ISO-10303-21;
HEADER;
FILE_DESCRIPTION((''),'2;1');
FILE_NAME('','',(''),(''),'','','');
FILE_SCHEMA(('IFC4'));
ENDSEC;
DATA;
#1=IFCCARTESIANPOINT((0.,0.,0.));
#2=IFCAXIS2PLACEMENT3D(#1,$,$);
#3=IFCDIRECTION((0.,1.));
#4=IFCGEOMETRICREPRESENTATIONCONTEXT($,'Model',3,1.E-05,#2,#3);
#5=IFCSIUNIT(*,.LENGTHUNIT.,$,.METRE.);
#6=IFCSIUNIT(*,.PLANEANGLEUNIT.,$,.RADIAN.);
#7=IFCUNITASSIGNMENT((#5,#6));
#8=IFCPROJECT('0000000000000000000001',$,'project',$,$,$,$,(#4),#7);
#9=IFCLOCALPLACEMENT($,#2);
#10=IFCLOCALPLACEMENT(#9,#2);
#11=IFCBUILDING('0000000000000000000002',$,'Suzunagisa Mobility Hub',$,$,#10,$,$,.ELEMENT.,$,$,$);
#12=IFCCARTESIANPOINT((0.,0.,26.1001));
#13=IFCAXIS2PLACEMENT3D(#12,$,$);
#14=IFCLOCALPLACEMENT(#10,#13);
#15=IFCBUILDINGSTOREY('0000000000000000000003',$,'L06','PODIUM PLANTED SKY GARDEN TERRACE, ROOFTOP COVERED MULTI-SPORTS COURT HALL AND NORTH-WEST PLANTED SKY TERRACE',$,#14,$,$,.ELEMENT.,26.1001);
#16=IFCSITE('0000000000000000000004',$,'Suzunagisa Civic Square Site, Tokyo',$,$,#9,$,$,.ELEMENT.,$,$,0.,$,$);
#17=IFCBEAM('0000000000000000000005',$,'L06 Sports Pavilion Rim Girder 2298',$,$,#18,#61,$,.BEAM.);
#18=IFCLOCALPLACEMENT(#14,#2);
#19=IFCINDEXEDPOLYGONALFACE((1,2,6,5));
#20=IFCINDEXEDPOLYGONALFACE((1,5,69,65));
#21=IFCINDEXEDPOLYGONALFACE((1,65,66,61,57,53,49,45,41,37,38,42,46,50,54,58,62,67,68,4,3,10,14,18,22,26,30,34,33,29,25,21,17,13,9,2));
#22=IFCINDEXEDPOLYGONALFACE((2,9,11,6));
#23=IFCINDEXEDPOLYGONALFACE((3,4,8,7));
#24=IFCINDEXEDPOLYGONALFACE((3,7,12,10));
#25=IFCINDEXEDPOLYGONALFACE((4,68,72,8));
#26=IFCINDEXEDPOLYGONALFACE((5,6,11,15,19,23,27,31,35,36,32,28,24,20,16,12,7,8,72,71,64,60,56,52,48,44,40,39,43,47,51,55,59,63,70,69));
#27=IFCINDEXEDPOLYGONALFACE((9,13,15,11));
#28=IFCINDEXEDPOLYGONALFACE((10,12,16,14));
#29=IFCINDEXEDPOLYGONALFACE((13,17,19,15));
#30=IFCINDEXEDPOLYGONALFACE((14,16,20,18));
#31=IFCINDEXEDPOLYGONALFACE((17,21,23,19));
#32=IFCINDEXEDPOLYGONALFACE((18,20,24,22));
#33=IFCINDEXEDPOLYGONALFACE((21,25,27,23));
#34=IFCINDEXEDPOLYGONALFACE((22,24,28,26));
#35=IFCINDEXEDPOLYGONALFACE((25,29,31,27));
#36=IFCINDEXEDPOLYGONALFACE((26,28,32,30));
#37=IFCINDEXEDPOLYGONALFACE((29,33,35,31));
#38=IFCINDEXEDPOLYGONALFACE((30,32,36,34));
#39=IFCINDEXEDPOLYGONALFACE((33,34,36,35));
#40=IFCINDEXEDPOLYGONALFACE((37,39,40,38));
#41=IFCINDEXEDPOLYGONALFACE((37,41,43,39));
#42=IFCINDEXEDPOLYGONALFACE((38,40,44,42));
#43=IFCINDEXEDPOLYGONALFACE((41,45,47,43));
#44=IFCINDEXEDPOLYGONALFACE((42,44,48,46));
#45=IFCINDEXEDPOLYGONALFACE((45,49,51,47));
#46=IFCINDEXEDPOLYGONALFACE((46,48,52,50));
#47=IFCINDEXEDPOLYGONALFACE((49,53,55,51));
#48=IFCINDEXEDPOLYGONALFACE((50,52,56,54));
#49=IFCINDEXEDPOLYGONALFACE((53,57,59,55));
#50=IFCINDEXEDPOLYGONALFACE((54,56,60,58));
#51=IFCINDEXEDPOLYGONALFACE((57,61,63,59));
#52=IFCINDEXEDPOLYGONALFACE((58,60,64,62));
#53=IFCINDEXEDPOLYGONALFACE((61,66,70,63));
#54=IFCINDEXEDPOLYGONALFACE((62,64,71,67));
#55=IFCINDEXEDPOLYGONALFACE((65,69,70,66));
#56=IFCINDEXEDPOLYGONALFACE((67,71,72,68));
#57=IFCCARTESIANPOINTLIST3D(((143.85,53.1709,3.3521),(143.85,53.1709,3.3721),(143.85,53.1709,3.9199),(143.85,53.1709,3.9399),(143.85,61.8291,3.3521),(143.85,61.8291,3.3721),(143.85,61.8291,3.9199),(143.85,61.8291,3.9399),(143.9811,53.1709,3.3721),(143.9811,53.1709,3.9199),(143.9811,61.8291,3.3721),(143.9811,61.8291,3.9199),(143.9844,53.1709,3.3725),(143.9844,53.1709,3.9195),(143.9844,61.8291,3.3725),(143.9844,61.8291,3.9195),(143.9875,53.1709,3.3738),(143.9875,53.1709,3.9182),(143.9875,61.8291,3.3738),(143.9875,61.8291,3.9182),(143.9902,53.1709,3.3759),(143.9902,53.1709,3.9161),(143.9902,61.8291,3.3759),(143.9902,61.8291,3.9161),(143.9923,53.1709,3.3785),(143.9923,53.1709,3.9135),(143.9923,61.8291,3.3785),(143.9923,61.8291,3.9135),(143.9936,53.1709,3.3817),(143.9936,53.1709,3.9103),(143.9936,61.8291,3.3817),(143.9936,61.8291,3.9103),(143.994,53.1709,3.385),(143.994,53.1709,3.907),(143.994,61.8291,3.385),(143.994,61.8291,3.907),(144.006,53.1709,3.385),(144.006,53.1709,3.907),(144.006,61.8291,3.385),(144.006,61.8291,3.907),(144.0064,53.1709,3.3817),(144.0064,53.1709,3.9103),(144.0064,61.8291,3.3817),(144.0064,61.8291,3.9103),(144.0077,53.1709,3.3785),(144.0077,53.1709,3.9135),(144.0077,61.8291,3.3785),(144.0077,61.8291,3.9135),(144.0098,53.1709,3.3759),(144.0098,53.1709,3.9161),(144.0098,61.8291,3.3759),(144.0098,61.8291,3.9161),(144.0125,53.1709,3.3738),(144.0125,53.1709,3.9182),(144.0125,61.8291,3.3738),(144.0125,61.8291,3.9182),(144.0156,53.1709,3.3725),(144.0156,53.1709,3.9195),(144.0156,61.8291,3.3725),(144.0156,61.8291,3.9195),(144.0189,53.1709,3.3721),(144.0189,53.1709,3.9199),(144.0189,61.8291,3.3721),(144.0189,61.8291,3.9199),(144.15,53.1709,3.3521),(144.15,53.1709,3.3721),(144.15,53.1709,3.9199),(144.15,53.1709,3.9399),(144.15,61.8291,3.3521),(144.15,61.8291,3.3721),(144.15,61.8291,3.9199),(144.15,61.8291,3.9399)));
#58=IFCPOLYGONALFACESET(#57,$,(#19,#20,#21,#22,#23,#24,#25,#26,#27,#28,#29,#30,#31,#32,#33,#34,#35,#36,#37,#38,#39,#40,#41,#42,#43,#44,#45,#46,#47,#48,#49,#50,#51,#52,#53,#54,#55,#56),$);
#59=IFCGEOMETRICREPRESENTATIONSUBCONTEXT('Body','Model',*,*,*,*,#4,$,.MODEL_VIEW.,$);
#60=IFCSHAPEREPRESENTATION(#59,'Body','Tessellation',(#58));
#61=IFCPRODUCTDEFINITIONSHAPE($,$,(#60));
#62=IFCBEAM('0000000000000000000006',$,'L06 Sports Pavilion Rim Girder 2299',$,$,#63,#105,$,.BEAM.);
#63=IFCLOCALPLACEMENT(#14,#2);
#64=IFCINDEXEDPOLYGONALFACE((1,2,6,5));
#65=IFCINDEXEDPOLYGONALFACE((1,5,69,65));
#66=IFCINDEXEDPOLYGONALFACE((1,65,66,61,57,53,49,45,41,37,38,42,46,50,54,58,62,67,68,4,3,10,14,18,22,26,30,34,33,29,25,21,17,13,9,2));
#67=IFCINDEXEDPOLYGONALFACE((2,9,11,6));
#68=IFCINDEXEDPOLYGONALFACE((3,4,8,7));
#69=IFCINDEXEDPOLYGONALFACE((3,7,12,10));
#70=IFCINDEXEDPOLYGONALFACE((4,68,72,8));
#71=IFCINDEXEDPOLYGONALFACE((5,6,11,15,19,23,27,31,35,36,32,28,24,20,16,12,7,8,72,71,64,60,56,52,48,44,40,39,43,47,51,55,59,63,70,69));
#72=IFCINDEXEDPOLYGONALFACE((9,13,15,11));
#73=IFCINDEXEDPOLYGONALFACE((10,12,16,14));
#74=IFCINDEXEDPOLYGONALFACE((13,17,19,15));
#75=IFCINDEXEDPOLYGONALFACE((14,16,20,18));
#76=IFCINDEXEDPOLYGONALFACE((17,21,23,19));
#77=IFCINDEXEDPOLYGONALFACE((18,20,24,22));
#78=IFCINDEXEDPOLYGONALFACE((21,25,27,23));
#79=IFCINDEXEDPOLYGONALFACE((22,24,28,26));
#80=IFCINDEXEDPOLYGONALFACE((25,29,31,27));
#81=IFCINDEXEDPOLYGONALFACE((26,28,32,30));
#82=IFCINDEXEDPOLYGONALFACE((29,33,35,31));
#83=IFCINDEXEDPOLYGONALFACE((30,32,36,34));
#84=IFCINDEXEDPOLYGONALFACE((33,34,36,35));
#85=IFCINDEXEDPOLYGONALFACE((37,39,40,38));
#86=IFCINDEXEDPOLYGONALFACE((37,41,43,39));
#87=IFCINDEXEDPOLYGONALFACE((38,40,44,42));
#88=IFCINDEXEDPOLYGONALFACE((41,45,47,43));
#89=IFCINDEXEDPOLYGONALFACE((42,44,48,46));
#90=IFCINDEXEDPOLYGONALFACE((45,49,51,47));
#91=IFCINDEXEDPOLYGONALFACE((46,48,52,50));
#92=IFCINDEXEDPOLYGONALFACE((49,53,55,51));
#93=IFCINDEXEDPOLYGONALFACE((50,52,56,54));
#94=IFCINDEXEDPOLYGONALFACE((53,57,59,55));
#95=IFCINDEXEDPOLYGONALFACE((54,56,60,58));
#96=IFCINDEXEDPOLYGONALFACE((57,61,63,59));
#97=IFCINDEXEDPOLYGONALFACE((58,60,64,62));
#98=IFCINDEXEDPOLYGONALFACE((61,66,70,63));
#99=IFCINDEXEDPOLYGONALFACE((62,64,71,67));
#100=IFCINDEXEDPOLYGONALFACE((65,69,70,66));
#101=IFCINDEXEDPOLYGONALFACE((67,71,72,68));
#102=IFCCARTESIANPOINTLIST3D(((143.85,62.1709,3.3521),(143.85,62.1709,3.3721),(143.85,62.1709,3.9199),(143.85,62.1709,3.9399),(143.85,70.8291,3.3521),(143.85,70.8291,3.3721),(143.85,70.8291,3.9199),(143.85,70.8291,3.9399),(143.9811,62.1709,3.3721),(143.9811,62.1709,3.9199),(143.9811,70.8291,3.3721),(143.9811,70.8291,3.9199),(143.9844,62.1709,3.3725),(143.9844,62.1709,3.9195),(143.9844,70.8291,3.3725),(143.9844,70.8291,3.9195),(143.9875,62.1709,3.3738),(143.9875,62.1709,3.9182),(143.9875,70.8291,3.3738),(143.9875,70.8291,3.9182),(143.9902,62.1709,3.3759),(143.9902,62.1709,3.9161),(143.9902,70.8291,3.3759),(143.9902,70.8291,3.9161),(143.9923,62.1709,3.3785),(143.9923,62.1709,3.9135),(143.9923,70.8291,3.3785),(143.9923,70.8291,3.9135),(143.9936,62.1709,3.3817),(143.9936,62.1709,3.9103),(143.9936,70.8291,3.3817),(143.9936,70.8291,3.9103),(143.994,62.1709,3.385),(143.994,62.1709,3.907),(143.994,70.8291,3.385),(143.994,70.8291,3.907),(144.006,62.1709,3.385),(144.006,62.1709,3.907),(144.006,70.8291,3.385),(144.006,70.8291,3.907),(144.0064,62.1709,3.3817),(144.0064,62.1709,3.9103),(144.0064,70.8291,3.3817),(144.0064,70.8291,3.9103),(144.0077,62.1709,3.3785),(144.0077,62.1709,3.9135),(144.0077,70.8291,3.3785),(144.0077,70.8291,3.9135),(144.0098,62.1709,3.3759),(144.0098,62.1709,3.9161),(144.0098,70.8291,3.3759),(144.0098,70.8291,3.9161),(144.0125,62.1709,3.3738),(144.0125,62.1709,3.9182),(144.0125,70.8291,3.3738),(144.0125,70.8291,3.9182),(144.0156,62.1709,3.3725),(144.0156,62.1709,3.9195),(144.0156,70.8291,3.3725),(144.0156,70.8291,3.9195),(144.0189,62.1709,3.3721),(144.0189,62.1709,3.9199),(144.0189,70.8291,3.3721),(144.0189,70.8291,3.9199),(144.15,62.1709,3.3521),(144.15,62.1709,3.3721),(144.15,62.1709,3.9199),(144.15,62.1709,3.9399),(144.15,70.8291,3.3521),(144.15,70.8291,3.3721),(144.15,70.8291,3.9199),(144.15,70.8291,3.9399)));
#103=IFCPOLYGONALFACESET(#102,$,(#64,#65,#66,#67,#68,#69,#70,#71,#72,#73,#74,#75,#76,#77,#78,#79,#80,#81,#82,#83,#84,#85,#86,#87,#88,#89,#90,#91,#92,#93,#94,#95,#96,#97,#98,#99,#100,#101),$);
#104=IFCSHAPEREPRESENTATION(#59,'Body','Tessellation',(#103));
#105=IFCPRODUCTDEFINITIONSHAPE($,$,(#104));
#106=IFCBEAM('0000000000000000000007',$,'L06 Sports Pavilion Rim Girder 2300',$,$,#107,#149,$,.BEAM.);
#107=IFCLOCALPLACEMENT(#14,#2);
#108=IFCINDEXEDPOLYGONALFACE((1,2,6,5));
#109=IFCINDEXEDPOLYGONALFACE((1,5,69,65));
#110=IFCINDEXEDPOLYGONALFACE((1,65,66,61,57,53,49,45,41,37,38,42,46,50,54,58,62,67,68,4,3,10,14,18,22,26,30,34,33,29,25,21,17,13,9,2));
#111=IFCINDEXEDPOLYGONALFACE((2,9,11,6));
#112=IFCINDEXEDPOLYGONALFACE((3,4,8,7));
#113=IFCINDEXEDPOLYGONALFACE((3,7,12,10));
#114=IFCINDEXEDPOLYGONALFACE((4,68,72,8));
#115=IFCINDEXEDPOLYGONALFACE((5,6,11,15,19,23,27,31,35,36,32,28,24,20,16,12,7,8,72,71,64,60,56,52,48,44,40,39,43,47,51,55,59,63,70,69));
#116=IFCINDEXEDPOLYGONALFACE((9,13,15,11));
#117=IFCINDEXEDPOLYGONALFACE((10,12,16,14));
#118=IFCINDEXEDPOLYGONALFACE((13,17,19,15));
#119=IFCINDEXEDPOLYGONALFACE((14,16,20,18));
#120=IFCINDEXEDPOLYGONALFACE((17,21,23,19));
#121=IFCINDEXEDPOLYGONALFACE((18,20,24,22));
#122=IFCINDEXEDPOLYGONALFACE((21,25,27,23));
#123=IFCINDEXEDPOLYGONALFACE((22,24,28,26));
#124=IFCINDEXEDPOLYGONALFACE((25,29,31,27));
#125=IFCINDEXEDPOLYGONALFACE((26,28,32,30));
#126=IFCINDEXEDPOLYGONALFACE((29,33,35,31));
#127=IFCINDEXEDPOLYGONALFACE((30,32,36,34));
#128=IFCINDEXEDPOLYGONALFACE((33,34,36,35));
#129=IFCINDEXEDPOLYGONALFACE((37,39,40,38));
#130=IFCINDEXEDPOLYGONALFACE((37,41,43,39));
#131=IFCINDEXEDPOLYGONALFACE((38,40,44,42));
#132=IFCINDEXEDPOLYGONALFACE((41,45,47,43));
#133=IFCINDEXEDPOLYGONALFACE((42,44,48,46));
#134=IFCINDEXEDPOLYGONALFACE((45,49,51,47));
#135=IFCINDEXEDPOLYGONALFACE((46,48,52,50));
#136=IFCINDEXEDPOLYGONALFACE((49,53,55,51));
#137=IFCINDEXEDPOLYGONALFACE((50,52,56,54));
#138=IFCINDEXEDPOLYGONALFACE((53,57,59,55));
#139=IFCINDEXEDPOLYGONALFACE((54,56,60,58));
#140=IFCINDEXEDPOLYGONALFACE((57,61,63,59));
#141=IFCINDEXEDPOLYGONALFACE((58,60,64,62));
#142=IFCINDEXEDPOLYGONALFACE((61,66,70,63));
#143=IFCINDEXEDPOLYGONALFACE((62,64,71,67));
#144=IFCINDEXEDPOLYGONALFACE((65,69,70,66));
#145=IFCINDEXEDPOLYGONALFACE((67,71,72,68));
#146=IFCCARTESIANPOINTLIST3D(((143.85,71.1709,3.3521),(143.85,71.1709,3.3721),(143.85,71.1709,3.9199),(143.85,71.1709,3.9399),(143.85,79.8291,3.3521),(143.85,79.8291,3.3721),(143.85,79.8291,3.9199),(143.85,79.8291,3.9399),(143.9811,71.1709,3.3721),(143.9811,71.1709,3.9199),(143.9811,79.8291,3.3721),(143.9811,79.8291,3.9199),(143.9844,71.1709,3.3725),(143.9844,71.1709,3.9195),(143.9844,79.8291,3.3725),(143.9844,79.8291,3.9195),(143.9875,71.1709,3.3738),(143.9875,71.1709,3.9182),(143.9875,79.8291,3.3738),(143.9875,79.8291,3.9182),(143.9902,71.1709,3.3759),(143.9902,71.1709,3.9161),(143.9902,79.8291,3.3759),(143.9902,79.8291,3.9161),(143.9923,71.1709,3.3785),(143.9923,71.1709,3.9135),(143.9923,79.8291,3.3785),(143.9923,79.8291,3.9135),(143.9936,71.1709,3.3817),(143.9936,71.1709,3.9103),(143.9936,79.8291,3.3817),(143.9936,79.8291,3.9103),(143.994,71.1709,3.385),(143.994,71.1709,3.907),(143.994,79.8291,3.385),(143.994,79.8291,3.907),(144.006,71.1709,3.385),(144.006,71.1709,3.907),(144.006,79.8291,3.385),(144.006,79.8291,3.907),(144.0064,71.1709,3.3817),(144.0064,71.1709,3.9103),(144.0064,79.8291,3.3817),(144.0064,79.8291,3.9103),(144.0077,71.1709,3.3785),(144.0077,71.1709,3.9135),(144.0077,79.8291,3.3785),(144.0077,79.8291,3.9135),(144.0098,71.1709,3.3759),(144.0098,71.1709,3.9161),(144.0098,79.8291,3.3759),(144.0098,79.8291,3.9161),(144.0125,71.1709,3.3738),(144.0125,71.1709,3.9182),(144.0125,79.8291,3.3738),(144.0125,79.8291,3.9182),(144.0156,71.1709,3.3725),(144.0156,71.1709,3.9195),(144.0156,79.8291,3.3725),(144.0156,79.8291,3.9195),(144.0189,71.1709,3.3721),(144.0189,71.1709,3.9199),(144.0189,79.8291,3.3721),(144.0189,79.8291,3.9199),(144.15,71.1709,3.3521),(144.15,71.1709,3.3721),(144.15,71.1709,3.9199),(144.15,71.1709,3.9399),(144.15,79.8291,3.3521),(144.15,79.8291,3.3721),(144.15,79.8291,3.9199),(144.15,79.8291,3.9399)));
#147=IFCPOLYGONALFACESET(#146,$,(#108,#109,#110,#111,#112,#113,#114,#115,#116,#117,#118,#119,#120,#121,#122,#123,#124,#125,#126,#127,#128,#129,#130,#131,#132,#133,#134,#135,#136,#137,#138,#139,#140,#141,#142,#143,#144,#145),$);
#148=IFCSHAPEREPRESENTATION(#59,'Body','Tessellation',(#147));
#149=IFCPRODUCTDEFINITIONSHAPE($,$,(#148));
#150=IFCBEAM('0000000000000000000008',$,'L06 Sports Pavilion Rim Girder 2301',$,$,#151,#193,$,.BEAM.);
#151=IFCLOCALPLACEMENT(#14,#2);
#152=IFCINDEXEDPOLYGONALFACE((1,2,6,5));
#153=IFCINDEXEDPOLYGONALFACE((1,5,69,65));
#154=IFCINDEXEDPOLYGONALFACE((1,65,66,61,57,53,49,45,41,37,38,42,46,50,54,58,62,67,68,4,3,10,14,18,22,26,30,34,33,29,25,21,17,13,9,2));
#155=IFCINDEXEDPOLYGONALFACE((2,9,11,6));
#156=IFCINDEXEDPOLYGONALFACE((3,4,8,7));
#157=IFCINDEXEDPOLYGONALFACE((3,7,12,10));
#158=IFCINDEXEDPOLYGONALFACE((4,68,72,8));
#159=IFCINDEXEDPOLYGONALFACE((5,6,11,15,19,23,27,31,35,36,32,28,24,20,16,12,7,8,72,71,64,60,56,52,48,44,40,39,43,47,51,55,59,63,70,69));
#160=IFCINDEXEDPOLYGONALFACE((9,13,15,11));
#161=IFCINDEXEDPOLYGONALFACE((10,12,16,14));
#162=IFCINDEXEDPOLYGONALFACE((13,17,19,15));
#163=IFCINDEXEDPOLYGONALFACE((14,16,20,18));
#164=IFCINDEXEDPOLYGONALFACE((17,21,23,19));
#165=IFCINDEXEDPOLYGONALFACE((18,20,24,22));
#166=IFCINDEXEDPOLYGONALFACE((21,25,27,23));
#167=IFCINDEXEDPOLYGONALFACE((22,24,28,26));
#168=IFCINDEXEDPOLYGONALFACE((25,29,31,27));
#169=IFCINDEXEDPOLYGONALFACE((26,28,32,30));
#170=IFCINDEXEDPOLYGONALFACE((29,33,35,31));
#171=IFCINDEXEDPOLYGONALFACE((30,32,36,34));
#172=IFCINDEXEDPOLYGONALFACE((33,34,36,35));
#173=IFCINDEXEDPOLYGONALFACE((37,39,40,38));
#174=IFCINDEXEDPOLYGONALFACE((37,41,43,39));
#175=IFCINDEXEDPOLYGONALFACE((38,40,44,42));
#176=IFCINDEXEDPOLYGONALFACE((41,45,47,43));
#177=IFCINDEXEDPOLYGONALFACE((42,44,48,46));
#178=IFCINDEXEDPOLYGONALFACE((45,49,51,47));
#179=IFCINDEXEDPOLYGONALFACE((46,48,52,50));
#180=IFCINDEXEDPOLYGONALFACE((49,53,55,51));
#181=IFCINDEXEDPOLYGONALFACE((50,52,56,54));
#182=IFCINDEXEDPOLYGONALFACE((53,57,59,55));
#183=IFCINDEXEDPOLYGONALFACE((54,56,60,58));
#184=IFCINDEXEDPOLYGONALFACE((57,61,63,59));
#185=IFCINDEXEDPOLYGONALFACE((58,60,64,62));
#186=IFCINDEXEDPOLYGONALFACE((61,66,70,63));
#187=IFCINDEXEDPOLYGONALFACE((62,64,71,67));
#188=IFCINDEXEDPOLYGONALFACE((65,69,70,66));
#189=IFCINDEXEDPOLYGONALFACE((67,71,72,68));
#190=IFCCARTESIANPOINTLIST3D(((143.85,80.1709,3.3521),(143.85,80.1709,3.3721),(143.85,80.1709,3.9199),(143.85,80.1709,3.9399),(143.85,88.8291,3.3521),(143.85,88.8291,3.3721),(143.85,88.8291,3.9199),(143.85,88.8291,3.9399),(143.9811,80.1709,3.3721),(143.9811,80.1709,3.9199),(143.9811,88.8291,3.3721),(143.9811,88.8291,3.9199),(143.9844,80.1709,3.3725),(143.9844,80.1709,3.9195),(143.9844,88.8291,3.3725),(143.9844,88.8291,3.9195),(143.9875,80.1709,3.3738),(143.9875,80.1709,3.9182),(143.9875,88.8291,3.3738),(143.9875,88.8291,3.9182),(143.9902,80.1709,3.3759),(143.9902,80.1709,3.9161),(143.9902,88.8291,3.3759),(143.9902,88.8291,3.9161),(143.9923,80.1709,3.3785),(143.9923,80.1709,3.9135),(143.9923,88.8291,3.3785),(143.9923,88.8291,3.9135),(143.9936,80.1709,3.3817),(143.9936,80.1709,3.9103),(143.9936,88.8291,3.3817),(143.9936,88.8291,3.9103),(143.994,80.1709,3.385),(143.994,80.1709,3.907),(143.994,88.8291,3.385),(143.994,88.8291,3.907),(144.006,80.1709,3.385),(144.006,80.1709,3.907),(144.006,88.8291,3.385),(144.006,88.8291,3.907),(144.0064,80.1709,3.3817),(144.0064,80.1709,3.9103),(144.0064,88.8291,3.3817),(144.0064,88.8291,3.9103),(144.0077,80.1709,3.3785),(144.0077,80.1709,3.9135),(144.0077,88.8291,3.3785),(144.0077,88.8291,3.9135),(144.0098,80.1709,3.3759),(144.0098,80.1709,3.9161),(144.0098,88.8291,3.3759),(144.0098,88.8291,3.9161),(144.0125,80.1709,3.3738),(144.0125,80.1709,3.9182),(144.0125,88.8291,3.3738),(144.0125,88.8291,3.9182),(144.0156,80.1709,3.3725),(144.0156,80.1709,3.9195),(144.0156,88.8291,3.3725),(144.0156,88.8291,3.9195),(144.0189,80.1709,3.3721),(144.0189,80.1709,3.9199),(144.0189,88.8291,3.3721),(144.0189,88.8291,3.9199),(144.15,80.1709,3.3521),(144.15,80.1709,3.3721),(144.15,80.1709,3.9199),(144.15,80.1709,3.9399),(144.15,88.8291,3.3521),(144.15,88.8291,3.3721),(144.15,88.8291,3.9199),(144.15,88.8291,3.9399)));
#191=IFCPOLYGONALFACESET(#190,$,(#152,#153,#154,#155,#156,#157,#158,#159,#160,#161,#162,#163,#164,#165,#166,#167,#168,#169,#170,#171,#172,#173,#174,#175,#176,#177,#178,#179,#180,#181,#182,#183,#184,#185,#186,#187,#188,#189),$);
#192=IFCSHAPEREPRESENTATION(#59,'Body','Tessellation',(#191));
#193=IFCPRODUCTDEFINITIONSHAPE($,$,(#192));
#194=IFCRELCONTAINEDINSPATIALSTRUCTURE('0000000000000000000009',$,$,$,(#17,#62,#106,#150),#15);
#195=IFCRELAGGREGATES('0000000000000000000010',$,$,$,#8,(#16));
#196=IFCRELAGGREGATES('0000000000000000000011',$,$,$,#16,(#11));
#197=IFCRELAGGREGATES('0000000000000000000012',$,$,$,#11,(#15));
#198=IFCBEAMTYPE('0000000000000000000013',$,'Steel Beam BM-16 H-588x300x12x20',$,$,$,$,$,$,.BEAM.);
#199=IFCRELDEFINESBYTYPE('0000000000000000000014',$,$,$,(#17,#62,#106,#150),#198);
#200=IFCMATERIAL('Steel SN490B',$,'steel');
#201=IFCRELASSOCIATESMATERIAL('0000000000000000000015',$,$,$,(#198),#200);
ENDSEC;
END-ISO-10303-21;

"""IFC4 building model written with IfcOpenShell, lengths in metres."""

from ifc_helpers import new_model, si_unit, direction, frame, origin, origin_2d, place, context, subcontext, project, spatial, i_section, extrude, material, material_profile, profile_set, type_object, element, save


model = new_model("IFC4")

# Units and contexts
model_context = context("Model", 3, precision=1e-05, world=origin(), true_north=direction((0.0, 1.0)))
body_context = subcontext(model_context, "Body", "Model", "MODEL_VIEW")
ifc_project = project(units=[si_unit("LENGTHUNIT", "METRE"), si_unit("PLANEANGLEUNIT", "RADIAN")], contexts=[model_context])

# Site, building, storey
site_placement = place(None, origin())
site = spatial("IfcSite", under=ifc_project, at=site_placement, Name="Suzunagisa Civic Square Site, Tokyo", CompositionType="ELEMENT", RefElevation=0.0)
building_placement = place(site_placement, origin())
building = spatial("IfcBuilding", under=site, at=building_placement, Name="Suzunagisa Mobility Hub", CompositionType="ELEMENT")
storey_placement = place(building_placement, frame((0.0, 0.0, 26.1001)))
storey = spatial("IfcBuildingStorey", under=building, at=storey_placement, Name="L06", Description="PODIUM PLANTED SKY GARDEN TERRACE, ROOFTOP COVERED MULTI-SPORTS COURT HALL AND NORTH-WEST PLANTED SKY TERRACE", CompositionType="ELEMENT", Elevation=26.1001)

# Shared definitions
ifc_material_1 = material(Name="Steel SN490B", Category="steel")

# Beams
ifc_material_profile_1 = material_profile(ifc_material_1, i_section(OverallWidth=0.3, OverallDepth=0.5879, WebThickness=0.012, FlangeThickness=0.02, FilletRadius=0.0129, at=origin_2d()), Name="H-588x300x12x20")
ifc_profile_set_1 = profile_set([ifc_material_profile_1], Name="Steel SN490B")
beam_type = type_object("IfcBeamType", Name="Steel Beam BM-16 H-588x300x12x20", PredefinedType="BEAM", material=ifc_profile_set_1)
for number, where, z_axis, x_axis, name in (
    (1, (144.0, 53.1709, 3.646), (0.0, 1.0, 0.0), (-1.0, 0.0, 0.0), "L06 Sports Pavilion Rim Girder 2298"),
    (2, (144.0, 62.1709, 3.646), (0.0, 1.0, 0.0), (-1.0, 0.0, 0.0), "L06 Sports Pavilion Rim Girder 2299"),
    (3, (144.0, 71.1709, 3.646), (0.0, 1.0, 0.0), (-1.0, 0.0, 0.0), "L06 Sports Pavilion Rim Girder 2300"),
    (4, (144.0, 80.1709, 3.646), (0.0, 1.0, 0.0), (-1.0, 0.0, 0.0), "L06 Sports Pavilion Rim Girder 2301"),
):
    element("IfcBeam", number, at=place(storey_placement, frame(where, z_axis=z_axis, x_axis=x_axis)), inside=storey, type_object=beam_type, Name=name, PredefinedType="BEAM", context=body_context, shape_type="SweptSolid", body=[
        extrude(i_section(OverallWidth=0.3, OverallDepth=0.5879, WebThickness=0.012, FlangeThickness=0.02, FilletRadius=0.0129, at=origin_2d()), origin(), (0.0, 0.0, 1.0), 8.6582),
    ])

save(model, "model.ifc")
